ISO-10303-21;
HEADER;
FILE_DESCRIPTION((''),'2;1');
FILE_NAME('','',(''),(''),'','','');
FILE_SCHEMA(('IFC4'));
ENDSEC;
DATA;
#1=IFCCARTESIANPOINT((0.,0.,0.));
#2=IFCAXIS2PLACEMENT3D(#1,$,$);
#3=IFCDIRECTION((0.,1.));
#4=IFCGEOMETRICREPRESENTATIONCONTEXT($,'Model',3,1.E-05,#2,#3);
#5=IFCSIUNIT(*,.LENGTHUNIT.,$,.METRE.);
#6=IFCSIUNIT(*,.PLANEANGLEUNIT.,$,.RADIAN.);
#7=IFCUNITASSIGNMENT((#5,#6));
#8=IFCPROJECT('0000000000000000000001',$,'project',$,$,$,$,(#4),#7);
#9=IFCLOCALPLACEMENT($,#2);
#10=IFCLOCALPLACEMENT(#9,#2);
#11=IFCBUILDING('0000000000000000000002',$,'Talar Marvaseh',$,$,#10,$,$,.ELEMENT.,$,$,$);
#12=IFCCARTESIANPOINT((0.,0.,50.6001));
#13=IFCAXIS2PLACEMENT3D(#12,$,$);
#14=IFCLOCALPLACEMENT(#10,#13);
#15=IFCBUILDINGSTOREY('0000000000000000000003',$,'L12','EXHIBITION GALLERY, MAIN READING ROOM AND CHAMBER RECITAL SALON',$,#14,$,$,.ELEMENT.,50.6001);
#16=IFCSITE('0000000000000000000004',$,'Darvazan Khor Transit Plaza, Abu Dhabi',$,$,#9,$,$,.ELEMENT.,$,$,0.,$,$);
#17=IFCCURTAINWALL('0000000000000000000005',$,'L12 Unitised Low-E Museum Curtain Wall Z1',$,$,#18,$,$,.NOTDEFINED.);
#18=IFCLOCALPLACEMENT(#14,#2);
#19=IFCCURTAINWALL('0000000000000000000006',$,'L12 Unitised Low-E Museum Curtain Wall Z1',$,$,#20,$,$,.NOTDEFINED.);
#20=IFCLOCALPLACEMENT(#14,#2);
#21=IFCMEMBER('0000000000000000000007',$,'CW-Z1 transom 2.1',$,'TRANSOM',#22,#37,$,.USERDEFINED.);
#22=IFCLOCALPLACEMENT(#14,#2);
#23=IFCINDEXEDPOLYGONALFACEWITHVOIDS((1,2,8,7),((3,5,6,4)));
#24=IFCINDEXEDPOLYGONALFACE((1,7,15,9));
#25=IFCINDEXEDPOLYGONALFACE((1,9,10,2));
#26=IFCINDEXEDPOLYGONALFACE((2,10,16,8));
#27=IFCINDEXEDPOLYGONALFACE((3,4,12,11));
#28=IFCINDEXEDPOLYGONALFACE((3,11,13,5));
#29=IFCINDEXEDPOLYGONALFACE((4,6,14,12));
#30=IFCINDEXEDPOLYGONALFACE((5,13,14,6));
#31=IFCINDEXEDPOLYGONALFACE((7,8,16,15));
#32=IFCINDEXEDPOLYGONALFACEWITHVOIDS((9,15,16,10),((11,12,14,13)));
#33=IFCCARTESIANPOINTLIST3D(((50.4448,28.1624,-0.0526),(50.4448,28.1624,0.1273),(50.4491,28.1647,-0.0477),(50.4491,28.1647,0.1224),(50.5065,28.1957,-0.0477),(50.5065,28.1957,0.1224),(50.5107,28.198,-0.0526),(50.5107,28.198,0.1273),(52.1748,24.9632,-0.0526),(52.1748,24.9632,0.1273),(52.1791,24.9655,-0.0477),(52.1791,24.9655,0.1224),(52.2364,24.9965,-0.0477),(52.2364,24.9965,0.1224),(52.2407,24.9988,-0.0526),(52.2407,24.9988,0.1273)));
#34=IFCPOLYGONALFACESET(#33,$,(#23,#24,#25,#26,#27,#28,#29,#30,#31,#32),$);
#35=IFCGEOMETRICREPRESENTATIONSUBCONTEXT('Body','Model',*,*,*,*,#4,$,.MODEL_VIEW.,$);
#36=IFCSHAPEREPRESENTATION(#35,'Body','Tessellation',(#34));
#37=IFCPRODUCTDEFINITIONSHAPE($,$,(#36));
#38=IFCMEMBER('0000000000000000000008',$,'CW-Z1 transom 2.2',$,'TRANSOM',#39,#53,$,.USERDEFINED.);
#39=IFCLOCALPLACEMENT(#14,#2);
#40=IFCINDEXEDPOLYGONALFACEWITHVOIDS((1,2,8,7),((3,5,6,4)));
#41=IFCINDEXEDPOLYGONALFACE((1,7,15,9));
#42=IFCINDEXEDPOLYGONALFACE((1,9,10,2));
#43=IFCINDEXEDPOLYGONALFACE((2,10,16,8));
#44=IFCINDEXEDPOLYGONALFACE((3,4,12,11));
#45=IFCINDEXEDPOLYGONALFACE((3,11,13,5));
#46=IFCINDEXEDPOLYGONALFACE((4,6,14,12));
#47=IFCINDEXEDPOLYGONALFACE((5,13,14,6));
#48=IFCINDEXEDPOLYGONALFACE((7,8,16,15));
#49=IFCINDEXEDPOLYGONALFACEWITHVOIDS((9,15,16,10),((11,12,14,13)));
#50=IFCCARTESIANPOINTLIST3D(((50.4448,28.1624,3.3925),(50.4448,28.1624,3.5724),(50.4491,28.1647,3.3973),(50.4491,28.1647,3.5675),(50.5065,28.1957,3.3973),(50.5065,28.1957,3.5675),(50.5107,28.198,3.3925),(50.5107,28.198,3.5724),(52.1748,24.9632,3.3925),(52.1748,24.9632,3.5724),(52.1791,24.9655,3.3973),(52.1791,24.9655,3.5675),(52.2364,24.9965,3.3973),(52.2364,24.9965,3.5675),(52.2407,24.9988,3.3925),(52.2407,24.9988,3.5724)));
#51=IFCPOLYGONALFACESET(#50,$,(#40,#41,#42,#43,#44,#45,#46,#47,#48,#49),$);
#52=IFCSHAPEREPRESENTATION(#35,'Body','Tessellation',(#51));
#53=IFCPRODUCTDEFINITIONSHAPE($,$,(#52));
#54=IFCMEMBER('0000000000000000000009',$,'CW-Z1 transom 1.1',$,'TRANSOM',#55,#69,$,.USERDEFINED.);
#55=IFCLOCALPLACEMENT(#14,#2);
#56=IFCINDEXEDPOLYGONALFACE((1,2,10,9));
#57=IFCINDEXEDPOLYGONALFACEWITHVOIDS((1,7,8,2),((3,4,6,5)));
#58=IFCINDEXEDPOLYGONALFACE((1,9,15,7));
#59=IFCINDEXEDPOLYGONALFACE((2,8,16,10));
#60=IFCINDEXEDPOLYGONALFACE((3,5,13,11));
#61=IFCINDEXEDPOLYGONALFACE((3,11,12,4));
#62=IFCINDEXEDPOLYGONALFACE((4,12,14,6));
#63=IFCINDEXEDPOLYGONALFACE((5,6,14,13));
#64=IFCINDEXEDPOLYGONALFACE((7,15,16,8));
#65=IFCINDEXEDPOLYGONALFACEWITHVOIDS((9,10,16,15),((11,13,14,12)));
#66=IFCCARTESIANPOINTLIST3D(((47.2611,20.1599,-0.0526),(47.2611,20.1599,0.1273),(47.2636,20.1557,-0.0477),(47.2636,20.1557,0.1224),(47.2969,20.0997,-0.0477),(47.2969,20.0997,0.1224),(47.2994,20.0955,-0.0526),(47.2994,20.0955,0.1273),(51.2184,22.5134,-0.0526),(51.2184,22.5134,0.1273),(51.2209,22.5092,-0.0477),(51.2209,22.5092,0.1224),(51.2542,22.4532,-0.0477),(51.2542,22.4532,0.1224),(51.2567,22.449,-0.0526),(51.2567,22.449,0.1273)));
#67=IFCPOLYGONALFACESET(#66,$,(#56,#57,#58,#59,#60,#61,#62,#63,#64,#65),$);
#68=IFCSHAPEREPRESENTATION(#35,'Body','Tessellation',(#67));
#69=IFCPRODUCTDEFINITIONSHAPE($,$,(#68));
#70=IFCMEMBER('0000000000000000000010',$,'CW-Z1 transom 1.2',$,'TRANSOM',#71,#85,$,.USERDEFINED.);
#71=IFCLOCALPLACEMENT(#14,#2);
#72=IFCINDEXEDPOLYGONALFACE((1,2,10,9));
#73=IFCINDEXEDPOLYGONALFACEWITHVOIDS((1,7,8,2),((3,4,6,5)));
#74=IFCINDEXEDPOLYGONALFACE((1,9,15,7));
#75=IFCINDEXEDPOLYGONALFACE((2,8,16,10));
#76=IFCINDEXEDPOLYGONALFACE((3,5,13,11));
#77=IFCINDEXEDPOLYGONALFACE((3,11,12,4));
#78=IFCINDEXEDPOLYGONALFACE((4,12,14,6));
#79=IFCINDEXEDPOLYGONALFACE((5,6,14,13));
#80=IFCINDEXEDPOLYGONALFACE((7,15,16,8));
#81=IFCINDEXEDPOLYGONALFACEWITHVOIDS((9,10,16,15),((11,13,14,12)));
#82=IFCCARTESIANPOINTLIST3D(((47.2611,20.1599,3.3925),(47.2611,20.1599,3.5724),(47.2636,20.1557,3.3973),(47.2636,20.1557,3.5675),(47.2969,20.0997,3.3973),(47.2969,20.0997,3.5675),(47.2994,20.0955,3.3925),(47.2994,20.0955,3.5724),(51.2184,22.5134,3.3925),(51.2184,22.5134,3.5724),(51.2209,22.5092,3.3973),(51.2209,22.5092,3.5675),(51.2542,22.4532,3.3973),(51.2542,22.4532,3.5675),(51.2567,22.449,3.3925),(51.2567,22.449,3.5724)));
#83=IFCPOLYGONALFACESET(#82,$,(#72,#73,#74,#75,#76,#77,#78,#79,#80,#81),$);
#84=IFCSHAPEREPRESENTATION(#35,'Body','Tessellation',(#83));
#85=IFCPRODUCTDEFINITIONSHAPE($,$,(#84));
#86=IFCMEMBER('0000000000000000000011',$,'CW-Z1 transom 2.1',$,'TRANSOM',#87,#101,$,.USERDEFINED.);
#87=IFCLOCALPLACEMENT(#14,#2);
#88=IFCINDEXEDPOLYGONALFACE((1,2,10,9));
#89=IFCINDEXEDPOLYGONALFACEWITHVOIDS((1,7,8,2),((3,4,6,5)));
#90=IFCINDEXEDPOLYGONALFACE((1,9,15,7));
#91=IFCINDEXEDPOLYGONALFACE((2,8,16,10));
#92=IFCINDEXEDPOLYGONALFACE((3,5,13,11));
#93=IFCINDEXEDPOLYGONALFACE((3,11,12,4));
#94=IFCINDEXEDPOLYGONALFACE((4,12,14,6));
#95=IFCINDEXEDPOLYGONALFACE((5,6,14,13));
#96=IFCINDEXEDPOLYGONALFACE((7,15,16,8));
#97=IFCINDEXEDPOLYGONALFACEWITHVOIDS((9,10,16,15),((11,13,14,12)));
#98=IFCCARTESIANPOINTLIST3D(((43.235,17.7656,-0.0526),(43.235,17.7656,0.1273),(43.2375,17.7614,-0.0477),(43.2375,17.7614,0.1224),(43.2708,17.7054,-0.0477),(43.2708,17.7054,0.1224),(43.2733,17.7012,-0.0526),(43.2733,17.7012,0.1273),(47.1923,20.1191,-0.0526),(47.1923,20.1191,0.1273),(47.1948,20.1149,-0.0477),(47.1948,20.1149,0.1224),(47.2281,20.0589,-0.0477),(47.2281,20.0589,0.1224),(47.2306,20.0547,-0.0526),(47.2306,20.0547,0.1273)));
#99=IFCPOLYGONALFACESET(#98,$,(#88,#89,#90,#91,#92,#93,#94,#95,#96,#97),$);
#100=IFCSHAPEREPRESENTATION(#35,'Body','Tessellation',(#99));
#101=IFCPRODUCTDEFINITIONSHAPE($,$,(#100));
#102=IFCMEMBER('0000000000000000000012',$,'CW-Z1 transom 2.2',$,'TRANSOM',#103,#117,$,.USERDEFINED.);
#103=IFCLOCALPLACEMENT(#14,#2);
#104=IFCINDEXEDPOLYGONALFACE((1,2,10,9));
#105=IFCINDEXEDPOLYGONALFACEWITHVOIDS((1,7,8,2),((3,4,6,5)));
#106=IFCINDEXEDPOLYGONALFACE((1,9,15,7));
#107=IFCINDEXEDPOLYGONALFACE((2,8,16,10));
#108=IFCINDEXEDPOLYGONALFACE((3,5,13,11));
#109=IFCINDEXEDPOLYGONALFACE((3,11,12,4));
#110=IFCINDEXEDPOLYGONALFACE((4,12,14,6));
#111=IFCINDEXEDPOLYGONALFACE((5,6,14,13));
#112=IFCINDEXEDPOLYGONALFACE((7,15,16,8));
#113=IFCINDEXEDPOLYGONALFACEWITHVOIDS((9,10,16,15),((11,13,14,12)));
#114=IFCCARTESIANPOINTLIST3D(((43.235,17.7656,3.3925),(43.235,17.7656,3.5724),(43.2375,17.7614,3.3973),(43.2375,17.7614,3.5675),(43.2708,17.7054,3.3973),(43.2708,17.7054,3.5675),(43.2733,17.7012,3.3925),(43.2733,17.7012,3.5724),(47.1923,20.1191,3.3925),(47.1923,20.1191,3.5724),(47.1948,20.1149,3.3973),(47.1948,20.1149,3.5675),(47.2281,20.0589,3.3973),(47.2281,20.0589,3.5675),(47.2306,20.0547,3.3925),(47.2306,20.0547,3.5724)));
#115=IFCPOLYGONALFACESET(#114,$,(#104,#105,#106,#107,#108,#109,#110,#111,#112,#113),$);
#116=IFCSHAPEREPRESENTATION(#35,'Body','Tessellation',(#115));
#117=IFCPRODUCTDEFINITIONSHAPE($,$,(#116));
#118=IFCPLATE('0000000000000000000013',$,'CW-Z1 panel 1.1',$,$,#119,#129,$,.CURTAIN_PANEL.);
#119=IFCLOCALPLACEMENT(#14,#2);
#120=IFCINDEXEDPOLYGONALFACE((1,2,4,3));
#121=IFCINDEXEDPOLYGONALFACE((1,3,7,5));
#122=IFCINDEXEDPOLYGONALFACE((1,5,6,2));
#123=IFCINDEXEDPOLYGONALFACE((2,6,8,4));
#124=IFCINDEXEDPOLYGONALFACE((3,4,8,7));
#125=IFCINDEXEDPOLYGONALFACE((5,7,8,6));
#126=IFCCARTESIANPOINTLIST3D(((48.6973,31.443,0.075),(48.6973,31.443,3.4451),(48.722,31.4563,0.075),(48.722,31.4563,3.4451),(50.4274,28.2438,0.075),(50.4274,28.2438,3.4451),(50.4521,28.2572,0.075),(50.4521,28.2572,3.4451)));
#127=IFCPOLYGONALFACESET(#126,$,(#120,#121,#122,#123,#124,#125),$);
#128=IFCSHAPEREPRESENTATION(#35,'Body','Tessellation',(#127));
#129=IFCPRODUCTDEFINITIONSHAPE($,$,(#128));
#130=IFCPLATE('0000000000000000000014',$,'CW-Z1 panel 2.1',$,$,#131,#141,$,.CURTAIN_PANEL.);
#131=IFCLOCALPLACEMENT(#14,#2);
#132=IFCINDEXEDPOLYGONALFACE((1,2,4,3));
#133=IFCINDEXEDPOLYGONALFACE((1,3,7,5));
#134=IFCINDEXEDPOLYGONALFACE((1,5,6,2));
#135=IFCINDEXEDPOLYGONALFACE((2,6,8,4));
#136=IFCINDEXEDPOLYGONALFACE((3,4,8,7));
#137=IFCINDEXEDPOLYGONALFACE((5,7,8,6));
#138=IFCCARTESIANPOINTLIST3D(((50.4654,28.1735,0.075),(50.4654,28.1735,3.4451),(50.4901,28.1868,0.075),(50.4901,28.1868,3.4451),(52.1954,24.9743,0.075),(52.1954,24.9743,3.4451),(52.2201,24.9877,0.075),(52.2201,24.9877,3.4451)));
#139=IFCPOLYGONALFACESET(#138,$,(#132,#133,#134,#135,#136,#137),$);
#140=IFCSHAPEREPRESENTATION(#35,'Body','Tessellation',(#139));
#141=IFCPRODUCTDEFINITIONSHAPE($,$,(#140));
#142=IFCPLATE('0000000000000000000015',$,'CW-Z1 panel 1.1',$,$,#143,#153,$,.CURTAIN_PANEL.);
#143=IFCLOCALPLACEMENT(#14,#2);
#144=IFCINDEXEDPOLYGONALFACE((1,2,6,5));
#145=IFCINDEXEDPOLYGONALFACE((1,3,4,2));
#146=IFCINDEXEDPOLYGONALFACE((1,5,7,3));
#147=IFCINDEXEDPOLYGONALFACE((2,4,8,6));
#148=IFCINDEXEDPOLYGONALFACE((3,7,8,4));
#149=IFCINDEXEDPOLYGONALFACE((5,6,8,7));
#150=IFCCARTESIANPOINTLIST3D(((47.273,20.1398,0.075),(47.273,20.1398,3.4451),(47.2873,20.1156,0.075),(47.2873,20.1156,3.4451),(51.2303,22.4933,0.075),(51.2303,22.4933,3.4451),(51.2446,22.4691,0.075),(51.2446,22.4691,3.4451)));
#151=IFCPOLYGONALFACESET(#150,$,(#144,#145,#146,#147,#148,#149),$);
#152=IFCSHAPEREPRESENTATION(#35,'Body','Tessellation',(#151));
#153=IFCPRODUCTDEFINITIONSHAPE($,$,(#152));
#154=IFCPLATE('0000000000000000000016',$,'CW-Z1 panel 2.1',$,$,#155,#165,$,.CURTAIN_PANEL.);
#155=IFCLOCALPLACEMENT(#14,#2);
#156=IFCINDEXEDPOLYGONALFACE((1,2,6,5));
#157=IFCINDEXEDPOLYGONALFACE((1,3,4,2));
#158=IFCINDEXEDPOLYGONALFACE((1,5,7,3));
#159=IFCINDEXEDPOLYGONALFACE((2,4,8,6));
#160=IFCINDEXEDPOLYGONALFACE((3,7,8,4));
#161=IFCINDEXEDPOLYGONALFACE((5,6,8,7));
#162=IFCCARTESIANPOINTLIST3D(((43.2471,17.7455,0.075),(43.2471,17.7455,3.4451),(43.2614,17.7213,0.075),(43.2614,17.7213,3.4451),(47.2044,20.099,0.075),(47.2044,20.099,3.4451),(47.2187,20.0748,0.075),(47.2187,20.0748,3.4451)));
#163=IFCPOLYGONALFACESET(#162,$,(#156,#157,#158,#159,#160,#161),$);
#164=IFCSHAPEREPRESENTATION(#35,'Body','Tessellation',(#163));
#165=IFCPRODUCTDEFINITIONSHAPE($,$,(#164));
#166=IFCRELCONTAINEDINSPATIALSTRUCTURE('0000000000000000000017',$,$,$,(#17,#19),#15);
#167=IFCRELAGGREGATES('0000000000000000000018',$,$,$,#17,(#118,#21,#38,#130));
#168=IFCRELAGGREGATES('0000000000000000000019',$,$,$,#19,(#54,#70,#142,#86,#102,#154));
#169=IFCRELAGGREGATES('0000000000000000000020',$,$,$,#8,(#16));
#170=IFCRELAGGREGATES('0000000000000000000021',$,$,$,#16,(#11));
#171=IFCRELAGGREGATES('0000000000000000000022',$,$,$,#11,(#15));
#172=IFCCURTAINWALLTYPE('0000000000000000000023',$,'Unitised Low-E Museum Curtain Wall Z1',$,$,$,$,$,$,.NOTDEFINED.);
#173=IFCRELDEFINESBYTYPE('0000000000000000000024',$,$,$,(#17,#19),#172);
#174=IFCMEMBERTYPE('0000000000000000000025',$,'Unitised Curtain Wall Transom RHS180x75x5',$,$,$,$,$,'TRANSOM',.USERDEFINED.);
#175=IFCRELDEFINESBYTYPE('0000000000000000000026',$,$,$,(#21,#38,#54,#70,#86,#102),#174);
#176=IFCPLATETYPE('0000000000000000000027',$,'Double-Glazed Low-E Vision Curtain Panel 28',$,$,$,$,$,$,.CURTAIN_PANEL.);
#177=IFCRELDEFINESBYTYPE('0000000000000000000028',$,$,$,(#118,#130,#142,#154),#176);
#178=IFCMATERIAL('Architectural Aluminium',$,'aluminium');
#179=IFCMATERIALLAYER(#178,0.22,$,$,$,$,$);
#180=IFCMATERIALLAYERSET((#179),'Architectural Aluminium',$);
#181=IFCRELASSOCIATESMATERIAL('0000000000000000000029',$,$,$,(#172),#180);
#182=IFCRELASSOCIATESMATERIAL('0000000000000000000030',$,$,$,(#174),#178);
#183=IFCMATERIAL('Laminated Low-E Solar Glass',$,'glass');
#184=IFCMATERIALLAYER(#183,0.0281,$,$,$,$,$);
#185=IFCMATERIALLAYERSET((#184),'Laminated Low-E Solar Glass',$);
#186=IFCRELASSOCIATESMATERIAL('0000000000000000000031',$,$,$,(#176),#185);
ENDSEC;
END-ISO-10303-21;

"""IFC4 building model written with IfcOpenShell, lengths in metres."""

from ifc_helpers import new_model, si_unit, direction, frame, origin, origin_2d, place, context, subcontext, project, spatial, rectangle, hollow_rectangle, extrude, source, transform, mapped, material, layer, layer_set, material_profile, profile_set, type_object, type_shapes, element, aggregate, save


model = new_model("IFC4")

# Units and contexts
model_context = context("Model", 3, precision=1e-05, world=origin(), true_north=direction((0.0, 1.0)))
body_context = subcontext(model_context, "Body", "Model", "MODEL_VIEW")
ifc_project = project(units=[si_unit("LENGTHUNIT", "METRE"), si_unit("PLANEANGLEUNIT", "RADIAN")], contexts=[model_context])

# Site, building, storey
site_placement = place(None, origin())
site = spatial("IfcSite", under=ifc_project, at=site_placement, Name="Darvazan Khor Transit Plaza, Abu Dhabi", CompositionType="ELEMENT", RefElevation=0.0)
building_placement = place(site_placement, origin())
building = spatial("IfcBuilding", under=site, at=building_placement, Name="Talar Marvaseh", CompositionType="ELEMENT")
storey_placement = place(building_placement, frame((0.0, 0.0, 50.6001)))
storey = spatial("IfcBuildingStorey", under=building, at=storey_placement, Name="L12", Description="EXHIBITION GALLERY, MAIN READING ROOM AND CHAMBER RECITAL SALON", CompositionType="ELEMENT", Elevation=50.6001)

# Curtain walls
ifc_material_1 = material(Name="Architectural Aluminium", Category="aluminium")
ifc_layer_1 = layer(ifc_material_1, 0.22)
ifc_layer_set_1 = layer_set([ifc_layer_1], Name="Architectural Aluminium")
curtain_wall_type = type_object("IfcCurtainWallType", Name="Unitised Low-E Museum Curtain Wall Z1", PredefinedType="NOTDEFINED", material=ifc_layer_set_1)
curtain_wall_1_placement = place(storey_placement, origin())
curtain_wall_1 = element("IfcCurtainWall", 1, at=curtain_wall_1_placement, inside=storey, type_object=curtain_wall_type, Name="L12 Unitised Low-E Museum Curtain Wall Z1", PredefinedType="NOTDEFINED")
curtain_wall_2_placement = place(storey_placement, origin())
curtain_wall_2 = element("IfcCurtainWall", 2, at=curtain_wall_2_placement, inside=storey, type_object=curtain_wall_type, Name="L12 Unitised Low-E Museum Curtain Wall Z1", PredefinedType="NOTDEFINED")

# Members
ifc_material_profile_1 = material_profile(ifc_material_1, hollow_rectangle(XDim=0.075, YDim=0.1799, WallThickness=0.0049, at=origin_2d()), Name="RHS180x75x5")
ifc_profile_set_1 = profile_set([ifc_material_profile_1], Name="Architectural Aluminium")
member_type_1 = type_object("IfcMemberType", Name="Unitised Curtain Wall Transom RHS180x75x5", ElementType="TRANSOM", PredefinedType="USERDEFINED", material=ifc_profile_set_1)
shared_shape_1 = source(origin(), body_context, "Body", "SweptSolid", [
    extrude(hollow_rectangle(XDim=0.075, YDim=0.1799, WallThickness=0.0049, at=origin_2d()), origin(), (0.0, 0.0, 1.0), 3.637),
])
member_1_placement = place(storey_placement, frame((50.4778, 28.1802, 0.0374), z_axis=(0.47566, -0.879629, 0.0), x_axis=(0.879629, 0.47566, 0.0)))
member_1 = element("IfcMember", 3, at=member_1_placement, type_object=member_type_1, Name="CW-Z1 transom 2.1", ObjectType="TRANSOM", PredefinedType="USERDEFINED", context=body_context, shape_type="MappedRepresentation", body=[
    mapped(shared_shape_1, transform((0.0, 0.0, 0.0), x_axis=(1.0, 0.0, 0.0), y_axis=(0.0, 1.0, 0.0), z_axis=(0.0, 0.0, 1.0), scale=1.0)),
])
member_2_placement = place(storey_placement, frame((50.4778, 28.1802, 3.4824), z_axis=(0.47566, -0.879629, 0.0), x_axis=(0.879629, 0.47566, 0.0)))
member_2 = element("IfcMember", 4, at=member_2_placement, type_object=member_type_1, Name="CW-Z1 transom 2.2", ObjectType="TRANSOM", PredefinedType="USERDEFINED", context=body_context, shape_type="MappedRepresentation", body=[
    mapped(shared_shape_1, transform((0.0, 0.0, 0.0), x_axis=(1.0, 0.0, 0.0), y_axis=(0.0, 1.0, 0.0), z_axis=(0.0, 0.0, 1.0), scale=1.0)),
])
shared_shape_2 = source(origin(), body_context, "Body", "SweptSolid", [
    extrude(hollow_rectangle(XDim=0.075, YDim=0.1799, WallThickness=0.0049, at=origin_2d()), origin(), (0.0, 0.0, 1.0), 4.6042),
])
type_shapes(member_type_1, [shared_shape_1, shared_shape_2])
member_3_placement = place(storey_placement, frame((51.2375, 22.4812, 0.0374), z_axis=(-0.859484, -0.511162, 0.0), x_axis=(0.511162, -0.859484, 0.0)))
member_3 = element("IfcMember", 5, at=member_3_placement, type_object=member_type_1, Name="CW-Z1 transom 1.1", ObjectType="TRANSOM", PredefinedType="USERDEFINED", context=body_context, shape_type="MappedRepresentation", body=[
    mapped(shared_shape_2, transform((0.0, 0.0, 0.0), x_axis=(1.0, 0.0, 0.0), y_axis=(0.0, 1.0, 0.0), z_axis=(0.0, 0.0, 1.0), scale=1.0)),
])
member_4_placement = place(storey_placement, frame((51.2375, 22.4812, 3.4824), z_axis=(-0.859484, -0.511162, 0.0), x_axis=(0.511162, -0.859484, 0.0)))
member_4 = element("IfcMember", 6, at=member_4_placement, type_object=member_type_1, Name="CW-Z1 transom 1.2", ObjectType="TRANSOM", PredefinedType="USERDEFINED", context=body_context, shape_type="MappedRepresentation", body=[
    mapped(shared_shape_2, transform((0.0, 0.0, 0.0), x_axis=(1.0, 0.0, 0.0), y_axis=(0.0, 1.0, 0.0), z_axis=(0.0, 0.0, 1.0), scale=1.0)),
])
member_5_placement = place(storey_placement, frame((47.2114, 20.0869, 0.0374), z_axis=(-0.859484, -0.511162, 0.0), x_axis=(0.511162, -0.859484, 0.0)))
member_5 = element("IfcMember", 7, at=member_5_placement, type_object=member_type_1, Name="CW-Z1 transom 2.1", ObjectType="TRANSOM", PredefinedType="USERDEFINED", context=body_context, shape_type="MappedRepresentation", body=[
    mapped(shared_shape_2, transform((0.0, 0.0, 0.0), x_axis=(1.0, 0.0, 0.0), y_axis=(0.0, 1.0, 0.0), z_axis=(0.0, 0.0, 1.0), scale=1.0)),
])
member_6_placement = place(storey_placement, frame((47.2114, 20.0869, 3.4824), z_axis=(-0.859484, -0.511162, 0.0), x_axis=(0.511162, -0.859484, 0.0)))
member_6 = element("IfcMember", 8, at=member_6_placement, type_object=member_type_1, Name="CW-Z1 transom 2.2", ObjectType="TRANSOM", PredefinedType="USERDEFINED", context=body_context, shape_type="MappedRepresentation", body=[
    mapped(shared_shape_2, transform((0.0, 0.0, 0.0), x_axis=(1.0, 0.0, 0.0), y_axis=(0.0, 1.0, 0.0), z_axis=(0.0, 0.0, 1.0), scale=1.0)),
])

# Plates
ifc_material_2 = material(Name="Laminated Low-E Solar Glass", Category="glass")
ifc_layer_2 = layer(ifc_material_2, 0.0281)
ifc_layer_set_2 = layer_set([ifc_layer_2], Name="Laminated Low-E Solar Glass")
plate_type = type_object("IfcPlateType", Name="Double-Glazed Low-E Vision Curtain Panel 28", PredefinedType="CURTAIN_PANEL", material=ifc_layer_set_2)
shared_shape_3 = source(origin(), body_context, "Body", "SweptSolid", [
    extrude(rectangle(XDim=3.637, YDim=0.0281, at=origin_2d()), origin(), (0.0, 0.0, 1.0), 3.3701),
])
plate_1_placement = place(storey_placement, frame((49.5747, 29.8501, 0.075), z_axis=(0.0, 0.0, 1.0), x_axis=(0.475677, -0.87962, 0.0)))
plate_1 = element("IfcPlate", 9, at=plate_1_placement, type_object=plate_type, Name="CW-Z1 panel 1.1", PredefinedType="CURTAIN_PANEL", context=body_context, shape_type="MappedRepresentation", body=[
    mapped(shared_shape_3, transform((0.0, 0.0, 0.0), x_axis=(1.0, 0.0, 0.0), y_axis=(0.0, 1.0, 0.0), z_axis=(0.0, 0.0, 1.0), scale=1.0)),
])
plate_2_placement = place(storey_placement, frame((51.3428, 26.5806, 0.075), z_axis=(0.0, 0.0, 1.0), x_axis=(0.475677, -0.87962, 0.0)))
plate_2 = element("IfcPlate", 10, at=plate_2_placement, type_object=plate_type, Name="CW-Z1 panel 2.1", PredefinedType="CURTAIN_PANEL", context=body_context, shape_type="MappedRepresentation", body=[
    mapped(shared_shape_3, transform((0.0, 0.0, 0.0), x_axis=(1.0, 0.0, 0.0), y_axis=(0.0, 1.0, 0.0), z_axis=(0.0, 0.0, 1.0), scale=1.0)),
])
aggregate(curtain_wall_1, [plate_1, member_1, member_2, plate_2])
shared_shape_4 = source(origin(), body_context, "Body", "SweptSolid", [
    extrude(rectangle(XDim=4.6042, YDim=0.0281, at=origin_2d()), origin(), (0.0, 0.0, 1.0), 3.3701),
])
type_shapes(plate_type, [shared_shape_3, shared_shape_4])
plate_3_placement = place(storey_placement, frame((49.2588, 21.3044, 0.075), z_axis=(0.0, 0.0, 1.0), x_axis=(-0.859489, -0.511155, 0.0)))
plate_3 = element("IfcPlate", 11, at=plate_3_placement, type_object=plate_type, Name="CW-Z1 panel 1.1", PredefinedType="CURTAIN_PANEL", context=body_context, shape_type="MappedRepresentation", body=[
    mapped(shared_shape_4, transform((0.0, 0.0, 0.0), x_axis=(1.0, 0.0, 0.0), y_axis=(0.0, 1.0, 0.0), z_axis=(0.0, 0.0, 1.0), scale=1.0)),
])
plate_4_placement = place(storey_placement, frame((45.2329, 18.9102, 0.075), z_axis=(0.0, 0.0, 1.0), x_axis=(-0.859489, -0.511155, 0.0)))
plate_4 = element("IfcPlate", 12, at=plate_4_placement, type_object=plate_type, Name="CW-Z1 panel 2.1", PredefinedType="CURTAIN_PANEL", context=body_context, shape_type="MappedRepresentation", body=[
    mapped(shared_shape_4, transform((0.0, 0.0, 0.0), x_axis=(1.0, 0.0, 0.0), y_axis=(0.0, 1.0, 0.0), z_axis=(0.0, 0.0, 1.0), scale=1.0)),
])
aggregate(curtain_wall_2, [member_3, member_4, plate_3, member_5, member_6, plate_4])

save(model, "model.ifc")
